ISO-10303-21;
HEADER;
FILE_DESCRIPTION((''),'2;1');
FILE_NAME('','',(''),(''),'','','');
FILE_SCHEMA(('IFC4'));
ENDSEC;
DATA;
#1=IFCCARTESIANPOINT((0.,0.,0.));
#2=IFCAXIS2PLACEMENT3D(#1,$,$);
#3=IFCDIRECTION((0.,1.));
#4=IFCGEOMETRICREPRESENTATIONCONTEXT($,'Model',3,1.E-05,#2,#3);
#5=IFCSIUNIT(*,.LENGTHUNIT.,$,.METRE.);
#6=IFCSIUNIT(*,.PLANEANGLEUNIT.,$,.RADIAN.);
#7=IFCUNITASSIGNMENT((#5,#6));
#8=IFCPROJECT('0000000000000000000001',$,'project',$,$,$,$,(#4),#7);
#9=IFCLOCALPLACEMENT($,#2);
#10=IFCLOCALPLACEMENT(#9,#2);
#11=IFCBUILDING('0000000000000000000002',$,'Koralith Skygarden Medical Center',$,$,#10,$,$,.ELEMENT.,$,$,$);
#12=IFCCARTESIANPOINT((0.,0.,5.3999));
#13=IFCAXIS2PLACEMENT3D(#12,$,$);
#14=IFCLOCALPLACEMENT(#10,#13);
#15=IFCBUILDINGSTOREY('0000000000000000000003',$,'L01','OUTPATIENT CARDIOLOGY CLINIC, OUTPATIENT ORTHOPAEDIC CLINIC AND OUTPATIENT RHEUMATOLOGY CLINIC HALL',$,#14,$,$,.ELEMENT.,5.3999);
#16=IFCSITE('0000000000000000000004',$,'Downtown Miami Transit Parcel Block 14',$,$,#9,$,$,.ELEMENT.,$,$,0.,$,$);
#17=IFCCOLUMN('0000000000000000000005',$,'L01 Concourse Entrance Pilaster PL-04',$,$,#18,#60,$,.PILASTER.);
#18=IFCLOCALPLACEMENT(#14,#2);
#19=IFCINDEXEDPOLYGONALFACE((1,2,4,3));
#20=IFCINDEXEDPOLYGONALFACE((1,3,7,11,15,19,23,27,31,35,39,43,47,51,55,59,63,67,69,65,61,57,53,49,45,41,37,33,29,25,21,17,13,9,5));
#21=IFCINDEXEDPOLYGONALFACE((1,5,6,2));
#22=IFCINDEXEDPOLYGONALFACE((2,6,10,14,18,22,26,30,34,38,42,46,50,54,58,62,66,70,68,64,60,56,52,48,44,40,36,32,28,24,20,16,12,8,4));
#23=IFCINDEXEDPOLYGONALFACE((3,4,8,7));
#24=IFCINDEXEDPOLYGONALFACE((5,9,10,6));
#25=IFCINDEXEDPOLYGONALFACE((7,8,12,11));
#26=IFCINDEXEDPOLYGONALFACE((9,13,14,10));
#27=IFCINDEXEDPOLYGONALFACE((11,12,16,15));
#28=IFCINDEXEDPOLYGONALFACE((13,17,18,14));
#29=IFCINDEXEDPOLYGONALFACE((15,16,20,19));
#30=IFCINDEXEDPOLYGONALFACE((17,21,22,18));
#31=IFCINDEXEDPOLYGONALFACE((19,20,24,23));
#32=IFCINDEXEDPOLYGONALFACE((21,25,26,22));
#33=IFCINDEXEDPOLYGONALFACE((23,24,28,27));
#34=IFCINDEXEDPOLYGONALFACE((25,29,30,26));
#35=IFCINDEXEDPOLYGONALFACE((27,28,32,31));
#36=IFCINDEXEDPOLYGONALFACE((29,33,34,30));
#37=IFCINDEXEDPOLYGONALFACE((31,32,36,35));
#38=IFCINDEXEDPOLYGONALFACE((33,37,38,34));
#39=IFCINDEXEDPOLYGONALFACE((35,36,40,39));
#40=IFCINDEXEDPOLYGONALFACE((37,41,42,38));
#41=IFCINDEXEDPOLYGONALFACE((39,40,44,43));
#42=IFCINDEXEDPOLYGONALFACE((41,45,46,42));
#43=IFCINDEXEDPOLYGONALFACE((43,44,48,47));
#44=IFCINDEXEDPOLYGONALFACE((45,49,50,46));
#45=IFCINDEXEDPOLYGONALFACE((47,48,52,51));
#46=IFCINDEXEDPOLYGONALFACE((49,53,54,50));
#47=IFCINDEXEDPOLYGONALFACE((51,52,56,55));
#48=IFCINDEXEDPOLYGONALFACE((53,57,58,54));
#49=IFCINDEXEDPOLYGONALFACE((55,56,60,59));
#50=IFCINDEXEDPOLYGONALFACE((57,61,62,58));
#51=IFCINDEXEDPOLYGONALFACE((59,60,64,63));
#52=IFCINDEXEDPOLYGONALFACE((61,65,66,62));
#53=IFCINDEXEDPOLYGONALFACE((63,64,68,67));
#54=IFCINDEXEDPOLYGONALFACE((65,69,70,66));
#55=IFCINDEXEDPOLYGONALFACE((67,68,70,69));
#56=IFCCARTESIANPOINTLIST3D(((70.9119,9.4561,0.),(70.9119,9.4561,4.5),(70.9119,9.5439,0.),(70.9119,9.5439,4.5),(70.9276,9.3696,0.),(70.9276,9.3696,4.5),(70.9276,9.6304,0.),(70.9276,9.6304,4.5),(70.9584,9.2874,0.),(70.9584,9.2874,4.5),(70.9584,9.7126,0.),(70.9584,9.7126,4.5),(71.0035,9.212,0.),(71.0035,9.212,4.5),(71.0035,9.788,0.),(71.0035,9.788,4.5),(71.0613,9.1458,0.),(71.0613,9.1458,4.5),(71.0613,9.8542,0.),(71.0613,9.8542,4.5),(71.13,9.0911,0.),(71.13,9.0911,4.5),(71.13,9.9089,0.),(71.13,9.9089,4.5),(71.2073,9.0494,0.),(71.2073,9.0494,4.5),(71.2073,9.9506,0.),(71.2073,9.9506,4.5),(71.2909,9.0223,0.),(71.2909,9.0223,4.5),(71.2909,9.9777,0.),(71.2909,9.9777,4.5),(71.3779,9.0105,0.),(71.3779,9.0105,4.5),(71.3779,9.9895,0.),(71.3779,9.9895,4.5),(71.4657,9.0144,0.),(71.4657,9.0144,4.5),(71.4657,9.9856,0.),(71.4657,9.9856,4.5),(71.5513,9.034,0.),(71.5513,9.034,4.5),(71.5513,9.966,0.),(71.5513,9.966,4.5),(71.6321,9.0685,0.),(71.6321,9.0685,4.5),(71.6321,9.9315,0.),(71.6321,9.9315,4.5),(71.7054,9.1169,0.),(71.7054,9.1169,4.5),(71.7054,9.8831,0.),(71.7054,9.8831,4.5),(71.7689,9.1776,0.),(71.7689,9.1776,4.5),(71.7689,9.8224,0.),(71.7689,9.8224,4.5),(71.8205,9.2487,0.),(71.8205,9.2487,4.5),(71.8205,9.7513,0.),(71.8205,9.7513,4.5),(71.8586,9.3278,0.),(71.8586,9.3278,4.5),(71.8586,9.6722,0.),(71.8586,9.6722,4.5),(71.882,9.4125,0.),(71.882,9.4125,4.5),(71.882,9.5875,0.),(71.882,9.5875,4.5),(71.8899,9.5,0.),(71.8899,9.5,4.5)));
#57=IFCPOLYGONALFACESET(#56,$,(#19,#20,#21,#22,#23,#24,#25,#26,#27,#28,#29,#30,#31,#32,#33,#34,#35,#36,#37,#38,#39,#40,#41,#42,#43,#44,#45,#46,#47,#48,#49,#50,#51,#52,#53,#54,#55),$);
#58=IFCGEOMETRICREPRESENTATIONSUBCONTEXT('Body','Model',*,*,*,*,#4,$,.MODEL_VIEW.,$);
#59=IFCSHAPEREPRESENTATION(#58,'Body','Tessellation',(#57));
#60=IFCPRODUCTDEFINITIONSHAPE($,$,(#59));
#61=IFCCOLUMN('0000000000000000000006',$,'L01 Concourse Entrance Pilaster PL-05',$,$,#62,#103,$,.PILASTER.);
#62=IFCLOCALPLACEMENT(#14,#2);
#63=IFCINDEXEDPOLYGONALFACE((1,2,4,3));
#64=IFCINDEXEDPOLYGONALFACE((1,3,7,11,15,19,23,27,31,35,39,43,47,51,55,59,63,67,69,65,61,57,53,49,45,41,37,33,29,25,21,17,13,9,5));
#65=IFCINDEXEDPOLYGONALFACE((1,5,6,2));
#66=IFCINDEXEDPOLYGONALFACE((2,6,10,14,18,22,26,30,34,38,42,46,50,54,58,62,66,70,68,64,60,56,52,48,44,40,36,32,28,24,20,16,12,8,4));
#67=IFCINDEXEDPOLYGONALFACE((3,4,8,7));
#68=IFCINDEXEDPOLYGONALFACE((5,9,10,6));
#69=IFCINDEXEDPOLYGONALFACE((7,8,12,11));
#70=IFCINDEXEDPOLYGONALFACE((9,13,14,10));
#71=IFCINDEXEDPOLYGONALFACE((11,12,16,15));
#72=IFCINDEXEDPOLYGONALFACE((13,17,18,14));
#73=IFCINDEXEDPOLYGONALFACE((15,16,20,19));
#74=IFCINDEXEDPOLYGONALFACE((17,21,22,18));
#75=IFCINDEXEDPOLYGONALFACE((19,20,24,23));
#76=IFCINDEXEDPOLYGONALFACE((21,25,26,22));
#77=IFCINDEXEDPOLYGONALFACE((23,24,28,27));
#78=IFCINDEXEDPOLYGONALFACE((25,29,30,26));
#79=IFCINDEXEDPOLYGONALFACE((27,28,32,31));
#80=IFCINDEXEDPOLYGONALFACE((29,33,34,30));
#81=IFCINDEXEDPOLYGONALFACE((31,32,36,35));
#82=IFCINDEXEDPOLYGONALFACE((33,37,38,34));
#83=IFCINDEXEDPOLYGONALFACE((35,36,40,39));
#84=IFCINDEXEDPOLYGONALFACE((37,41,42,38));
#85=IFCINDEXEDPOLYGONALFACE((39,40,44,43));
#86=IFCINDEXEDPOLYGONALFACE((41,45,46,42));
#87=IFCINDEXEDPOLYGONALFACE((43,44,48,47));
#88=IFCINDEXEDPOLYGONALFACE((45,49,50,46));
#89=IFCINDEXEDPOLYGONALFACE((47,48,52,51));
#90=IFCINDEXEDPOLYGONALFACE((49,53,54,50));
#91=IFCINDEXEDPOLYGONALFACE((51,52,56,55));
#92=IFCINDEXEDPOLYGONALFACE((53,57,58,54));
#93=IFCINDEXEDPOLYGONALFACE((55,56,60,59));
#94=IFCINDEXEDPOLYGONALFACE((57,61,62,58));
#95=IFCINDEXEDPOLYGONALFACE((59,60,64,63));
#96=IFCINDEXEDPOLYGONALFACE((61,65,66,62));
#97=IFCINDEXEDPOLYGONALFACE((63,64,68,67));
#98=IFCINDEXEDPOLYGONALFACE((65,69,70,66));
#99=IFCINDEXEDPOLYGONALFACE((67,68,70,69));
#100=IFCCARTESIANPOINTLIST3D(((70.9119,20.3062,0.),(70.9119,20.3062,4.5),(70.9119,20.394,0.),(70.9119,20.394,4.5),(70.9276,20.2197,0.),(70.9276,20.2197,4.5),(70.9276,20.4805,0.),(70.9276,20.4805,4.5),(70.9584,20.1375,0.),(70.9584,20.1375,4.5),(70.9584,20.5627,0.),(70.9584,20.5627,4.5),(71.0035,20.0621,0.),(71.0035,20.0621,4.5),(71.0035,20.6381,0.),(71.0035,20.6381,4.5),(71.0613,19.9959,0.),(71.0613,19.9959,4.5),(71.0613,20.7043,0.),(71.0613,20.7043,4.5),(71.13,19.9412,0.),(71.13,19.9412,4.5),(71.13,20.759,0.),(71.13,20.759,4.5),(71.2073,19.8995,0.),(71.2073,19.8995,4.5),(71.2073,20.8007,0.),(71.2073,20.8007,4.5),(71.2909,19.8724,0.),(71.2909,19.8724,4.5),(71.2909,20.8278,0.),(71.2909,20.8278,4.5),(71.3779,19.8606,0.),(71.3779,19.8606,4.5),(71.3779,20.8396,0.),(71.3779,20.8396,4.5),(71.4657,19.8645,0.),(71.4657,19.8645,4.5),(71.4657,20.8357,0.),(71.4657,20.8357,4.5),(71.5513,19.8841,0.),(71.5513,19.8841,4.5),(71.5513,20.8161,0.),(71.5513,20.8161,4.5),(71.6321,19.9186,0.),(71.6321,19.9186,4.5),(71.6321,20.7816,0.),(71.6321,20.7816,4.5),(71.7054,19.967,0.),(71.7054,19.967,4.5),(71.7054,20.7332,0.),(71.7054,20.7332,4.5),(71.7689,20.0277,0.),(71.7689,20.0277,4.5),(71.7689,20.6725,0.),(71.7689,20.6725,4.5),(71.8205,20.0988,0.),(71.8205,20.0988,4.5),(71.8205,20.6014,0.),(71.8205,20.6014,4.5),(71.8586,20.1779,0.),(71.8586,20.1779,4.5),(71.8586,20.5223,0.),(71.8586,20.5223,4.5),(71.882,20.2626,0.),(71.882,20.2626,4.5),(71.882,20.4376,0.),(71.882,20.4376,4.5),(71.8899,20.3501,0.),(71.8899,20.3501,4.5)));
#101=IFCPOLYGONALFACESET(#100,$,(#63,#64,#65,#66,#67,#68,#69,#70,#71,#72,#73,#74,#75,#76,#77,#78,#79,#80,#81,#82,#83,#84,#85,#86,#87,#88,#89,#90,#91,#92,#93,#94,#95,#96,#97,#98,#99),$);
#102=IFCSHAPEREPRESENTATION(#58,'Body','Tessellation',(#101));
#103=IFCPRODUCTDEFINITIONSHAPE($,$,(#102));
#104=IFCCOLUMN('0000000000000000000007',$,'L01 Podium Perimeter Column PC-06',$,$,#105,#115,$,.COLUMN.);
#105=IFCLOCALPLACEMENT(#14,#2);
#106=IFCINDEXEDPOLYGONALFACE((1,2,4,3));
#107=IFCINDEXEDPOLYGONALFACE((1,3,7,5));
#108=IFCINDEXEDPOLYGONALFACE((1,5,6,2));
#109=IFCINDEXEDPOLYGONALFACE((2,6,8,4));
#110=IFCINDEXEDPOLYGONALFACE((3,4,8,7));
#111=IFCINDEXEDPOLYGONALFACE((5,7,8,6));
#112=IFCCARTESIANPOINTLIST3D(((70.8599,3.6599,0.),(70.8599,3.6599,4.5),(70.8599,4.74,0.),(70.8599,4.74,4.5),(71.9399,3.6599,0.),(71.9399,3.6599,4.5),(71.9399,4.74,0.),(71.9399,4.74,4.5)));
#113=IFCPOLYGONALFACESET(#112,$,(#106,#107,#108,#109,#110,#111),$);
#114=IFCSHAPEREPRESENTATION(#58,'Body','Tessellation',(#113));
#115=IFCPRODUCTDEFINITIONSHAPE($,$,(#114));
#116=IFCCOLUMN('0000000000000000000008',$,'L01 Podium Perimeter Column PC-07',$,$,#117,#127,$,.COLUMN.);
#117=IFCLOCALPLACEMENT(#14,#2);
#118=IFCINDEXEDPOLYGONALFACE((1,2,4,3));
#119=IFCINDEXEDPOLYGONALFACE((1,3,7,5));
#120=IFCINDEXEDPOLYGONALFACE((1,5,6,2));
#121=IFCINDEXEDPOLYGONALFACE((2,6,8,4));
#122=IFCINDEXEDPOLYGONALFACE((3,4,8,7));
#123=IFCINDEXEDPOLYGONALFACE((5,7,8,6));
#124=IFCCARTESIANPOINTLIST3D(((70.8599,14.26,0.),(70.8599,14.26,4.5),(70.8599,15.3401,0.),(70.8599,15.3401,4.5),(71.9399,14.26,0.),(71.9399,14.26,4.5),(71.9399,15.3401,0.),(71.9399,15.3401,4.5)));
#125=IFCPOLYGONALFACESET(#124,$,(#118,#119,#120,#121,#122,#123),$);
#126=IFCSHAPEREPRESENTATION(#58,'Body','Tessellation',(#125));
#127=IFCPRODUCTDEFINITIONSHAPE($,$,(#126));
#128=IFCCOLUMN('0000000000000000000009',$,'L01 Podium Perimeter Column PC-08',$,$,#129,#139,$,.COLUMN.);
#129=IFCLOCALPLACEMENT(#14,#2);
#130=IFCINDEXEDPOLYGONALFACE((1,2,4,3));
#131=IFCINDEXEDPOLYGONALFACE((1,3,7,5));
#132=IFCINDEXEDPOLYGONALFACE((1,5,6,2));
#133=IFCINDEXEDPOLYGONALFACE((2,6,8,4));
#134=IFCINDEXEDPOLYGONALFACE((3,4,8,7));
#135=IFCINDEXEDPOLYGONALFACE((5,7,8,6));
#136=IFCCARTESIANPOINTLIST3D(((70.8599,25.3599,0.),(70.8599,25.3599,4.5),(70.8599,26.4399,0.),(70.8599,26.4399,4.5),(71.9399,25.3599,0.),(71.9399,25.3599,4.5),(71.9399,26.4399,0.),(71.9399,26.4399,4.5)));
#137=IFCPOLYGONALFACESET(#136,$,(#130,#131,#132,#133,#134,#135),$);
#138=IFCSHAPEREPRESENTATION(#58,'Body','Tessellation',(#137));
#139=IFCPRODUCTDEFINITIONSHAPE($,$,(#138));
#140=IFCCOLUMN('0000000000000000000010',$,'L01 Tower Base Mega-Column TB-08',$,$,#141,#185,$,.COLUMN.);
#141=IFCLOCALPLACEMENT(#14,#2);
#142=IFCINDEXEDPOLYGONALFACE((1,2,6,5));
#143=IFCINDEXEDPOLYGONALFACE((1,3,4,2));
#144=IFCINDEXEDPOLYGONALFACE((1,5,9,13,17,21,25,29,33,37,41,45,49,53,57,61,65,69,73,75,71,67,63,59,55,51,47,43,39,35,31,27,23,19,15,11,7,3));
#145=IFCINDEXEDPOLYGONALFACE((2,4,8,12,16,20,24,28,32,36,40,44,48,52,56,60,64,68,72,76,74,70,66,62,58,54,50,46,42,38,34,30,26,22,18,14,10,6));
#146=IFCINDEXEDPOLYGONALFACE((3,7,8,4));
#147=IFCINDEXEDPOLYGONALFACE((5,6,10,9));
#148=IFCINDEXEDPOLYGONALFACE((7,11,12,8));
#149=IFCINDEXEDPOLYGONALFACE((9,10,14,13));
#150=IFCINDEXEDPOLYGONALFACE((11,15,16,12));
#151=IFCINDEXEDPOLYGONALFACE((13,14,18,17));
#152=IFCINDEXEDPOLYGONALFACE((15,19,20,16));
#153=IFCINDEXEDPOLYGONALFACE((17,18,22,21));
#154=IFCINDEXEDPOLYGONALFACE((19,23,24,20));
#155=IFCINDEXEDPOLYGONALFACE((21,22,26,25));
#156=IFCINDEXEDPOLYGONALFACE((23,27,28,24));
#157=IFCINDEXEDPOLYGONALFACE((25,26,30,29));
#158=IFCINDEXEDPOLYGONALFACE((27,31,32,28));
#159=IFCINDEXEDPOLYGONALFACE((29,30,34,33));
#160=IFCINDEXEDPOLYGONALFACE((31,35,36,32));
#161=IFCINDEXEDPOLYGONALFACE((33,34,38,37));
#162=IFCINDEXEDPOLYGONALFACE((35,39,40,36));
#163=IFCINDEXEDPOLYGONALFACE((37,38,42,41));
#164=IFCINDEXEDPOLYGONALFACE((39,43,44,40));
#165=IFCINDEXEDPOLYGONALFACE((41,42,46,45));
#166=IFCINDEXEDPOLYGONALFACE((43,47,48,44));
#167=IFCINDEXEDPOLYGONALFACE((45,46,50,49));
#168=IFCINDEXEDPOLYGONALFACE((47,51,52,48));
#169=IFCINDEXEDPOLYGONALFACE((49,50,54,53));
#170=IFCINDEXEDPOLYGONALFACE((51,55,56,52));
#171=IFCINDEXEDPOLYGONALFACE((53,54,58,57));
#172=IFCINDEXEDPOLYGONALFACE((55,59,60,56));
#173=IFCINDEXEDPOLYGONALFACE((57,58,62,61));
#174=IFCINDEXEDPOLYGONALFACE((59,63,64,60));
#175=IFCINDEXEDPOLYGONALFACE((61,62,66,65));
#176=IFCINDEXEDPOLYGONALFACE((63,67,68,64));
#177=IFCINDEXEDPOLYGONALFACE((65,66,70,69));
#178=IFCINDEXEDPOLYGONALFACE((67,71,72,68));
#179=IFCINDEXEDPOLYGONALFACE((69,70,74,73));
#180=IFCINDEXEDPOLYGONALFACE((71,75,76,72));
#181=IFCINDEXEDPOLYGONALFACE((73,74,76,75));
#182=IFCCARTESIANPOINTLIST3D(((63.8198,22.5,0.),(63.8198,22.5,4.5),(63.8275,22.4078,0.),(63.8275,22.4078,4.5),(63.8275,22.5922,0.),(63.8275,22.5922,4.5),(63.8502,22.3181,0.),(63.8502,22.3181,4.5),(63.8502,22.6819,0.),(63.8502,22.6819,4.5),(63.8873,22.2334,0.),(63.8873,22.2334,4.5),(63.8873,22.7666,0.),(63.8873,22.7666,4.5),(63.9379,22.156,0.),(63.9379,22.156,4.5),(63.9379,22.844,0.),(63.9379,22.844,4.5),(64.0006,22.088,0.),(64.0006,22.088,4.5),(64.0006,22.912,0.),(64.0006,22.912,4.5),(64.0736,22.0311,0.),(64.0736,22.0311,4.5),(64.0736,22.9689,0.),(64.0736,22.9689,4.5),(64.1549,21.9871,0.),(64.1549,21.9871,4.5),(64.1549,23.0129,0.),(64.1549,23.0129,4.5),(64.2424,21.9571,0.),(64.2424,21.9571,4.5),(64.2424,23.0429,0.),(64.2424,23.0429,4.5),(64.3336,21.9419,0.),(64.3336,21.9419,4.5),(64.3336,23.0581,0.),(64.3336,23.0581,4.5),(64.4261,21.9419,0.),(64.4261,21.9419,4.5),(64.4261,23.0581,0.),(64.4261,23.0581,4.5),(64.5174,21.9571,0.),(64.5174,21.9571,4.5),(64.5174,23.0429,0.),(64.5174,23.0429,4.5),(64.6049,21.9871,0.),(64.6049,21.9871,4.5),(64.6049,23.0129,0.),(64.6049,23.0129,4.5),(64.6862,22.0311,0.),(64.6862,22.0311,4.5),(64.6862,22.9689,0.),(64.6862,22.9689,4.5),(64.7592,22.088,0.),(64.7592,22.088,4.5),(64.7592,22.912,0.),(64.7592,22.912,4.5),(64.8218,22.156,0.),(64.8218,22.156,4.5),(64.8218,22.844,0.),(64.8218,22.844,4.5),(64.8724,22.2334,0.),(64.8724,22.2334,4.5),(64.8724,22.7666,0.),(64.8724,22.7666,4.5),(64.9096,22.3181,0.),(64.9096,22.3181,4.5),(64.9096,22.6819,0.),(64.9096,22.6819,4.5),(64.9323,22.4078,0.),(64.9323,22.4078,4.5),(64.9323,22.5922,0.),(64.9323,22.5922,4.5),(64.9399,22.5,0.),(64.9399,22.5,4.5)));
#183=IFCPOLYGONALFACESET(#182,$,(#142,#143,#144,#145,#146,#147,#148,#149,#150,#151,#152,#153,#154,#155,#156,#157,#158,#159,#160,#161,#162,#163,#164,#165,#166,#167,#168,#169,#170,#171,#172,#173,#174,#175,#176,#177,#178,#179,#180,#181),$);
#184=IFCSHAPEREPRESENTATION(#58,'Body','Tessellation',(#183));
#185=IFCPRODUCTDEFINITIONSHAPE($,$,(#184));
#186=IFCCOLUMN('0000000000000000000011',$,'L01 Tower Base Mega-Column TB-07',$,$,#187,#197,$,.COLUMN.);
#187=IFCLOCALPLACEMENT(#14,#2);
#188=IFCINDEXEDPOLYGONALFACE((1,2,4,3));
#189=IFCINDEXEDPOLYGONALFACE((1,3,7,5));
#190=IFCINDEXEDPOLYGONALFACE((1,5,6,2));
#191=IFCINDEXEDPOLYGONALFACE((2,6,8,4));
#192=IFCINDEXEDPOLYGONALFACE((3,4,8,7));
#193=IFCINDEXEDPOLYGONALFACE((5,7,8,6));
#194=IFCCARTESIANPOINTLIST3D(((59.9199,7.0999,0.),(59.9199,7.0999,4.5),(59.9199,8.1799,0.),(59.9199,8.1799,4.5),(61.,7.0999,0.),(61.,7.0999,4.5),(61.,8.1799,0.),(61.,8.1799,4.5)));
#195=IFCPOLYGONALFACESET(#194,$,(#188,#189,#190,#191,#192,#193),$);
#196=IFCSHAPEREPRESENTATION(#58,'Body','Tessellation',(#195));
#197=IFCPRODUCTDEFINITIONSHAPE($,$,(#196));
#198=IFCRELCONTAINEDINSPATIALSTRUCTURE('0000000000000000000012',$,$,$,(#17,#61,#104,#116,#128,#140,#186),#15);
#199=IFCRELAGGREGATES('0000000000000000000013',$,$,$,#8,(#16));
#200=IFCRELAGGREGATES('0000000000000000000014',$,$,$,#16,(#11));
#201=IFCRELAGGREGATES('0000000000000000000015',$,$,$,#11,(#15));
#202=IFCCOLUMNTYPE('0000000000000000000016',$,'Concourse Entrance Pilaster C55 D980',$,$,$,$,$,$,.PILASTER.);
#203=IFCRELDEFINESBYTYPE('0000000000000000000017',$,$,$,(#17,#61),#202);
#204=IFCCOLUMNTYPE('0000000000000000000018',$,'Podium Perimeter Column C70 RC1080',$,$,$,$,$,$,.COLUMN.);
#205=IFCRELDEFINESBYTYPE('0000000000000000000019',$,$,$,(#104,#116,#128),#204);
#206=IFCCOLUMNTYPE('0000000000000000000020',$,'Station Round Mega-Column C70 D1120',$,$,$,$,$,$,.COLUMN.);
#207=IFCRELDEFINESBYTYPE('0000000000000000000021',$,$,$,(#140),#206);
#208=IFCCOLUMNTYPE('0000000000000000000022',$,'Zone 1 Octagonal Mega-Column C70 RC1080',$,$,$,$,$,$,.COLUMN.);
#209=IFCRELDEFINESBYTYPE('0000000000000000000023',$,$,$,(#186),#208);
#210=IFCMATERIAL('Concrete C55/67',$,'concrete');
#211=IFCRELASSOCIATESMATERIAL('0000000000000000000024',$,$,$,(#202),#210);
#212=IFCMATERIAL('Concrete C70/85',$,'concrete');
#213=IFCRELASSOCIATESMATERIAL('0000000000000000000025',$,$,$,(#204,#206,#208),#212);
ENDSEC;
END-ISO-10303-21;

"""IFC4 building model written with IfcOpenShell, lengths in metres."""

from ifc_helpers import new_model, si_unit, direction, frame, origin, origin_2d, place, context, subcontext, project, spatial, rectangle, circle, extrude, material, material_profile, profile_set, type_object, element, save


model = new_model("IFC4")

# Units and contexts
model_context = context("Model", 3, precision=1e-05, world=origin(), true_north=direction((0.0, 1.0)))
body_context = subcontext(model_context, "Body", "Model", "MODEL_VIEW")
ifc_project = project(units=[si_unit("LENGTHUNIT", "METRE"), si_unit("PLANEANGLEUNIT", "RADIAN")], contexts=[model_context])

# Site, building, storey
site_placement = place(None, origin())
site = spatial("IfcSite", under=ifc_project, at=site_placement, Name="Downtown Miami Transit Parcel Block 14", CompositionType="ELEMENT", RefElevation=0.0)
building_placement = place(site_placement, origin())
building = spatial("IfcBuilding", under=site, at=building_placement, Name="Koralith Skygarden Medical Center", CompositionType="ELEMENT")
storey_placement = place(building_placement, frame((0.0, 0.0, 5.3999)))
storey = spatial("IfcBuildingStorey", under=building, at=storey_placement, Name="L01", Description="OUTPATIENT CARDIOLOGY CLINIC, OUTPATIENT ORTHOPAEDIC CLINIC AND OUTPATIENT RHEUMATOLOGY CLINIC HALL", CompositionType="ELEMENT", Elevation=5.3999)

# Columns
ifc_material_1 = material(Name="Concrete C55/67", Category="concrete")
ifc_material_profile_1 = material_profile(ifc_material_1, circle(Radius=0.49, at=origin_2d()), Name="RCCOL980")
ifc_profile_set_1 = profile_set([ifc_material_profile_1], Name="Concrete C55/67")
column_type_1 = type_object("IfcColumnType", Name="Concourse Entrance Pilaster C55 D980", PredefinedType="PILASTER", material=ifc_profile_set_1)
for number, where, z_axis, x_axis, name in (
    (1, (71.3999, 9.5, 0.0), (0.0, 0.0, 1.0), (1.0, 0.0, 0.0), "L01 Concourse Entrance Pilaster PL-04"),
    (2, (71.3999, 20.3501, 0.0), (0.0, 0.0, 1.0), (1.0, 0.0, 0.0), "L01 Concourse Entrance Pilaster PL-05"),
):
    element("IfcColumn", number, at=place(storey_placement, frame(where, z_axis=z_axis, x_axis=x_axis)), inside=storey, type_object=column_type_1, Name=name, PredefinedType="PILASTER", context=body_context, shape_type="SweptSolid", body=[
        extrude(circle(Radius=0.49, at=origin_2d()), origin(), (0.0, 0.0, 1.0), 4.5),
    ])
ifc_material_2 = material(Name="Concrete C70/85", Category="concrete")
ifc_material_profile_2 = material_profile(ifc_material_2, rectangle(XDim=1.0801, YDim=1.0801, at=origin_2d()), Name="RC1080X1080")
ifc_profile_set_2 = profile_set([ifc_material_profile_2], Name="Concrete C70/85")
column_type_2 = type_object("IfcColumnType", Name="Podium Perimeter Column C70 RC1080", PredefinedType="COLUMN", material=ifc_profile_set_2)
for number, where, z_axis, x_axis, name in (
    (3, (71.3999, 4.2, 0.0), (0.0, 0.0, 1.0), (1.0, 0.0, 0.0), "L01 Podium Perimeter Column PC-06"),
    (4, (71.3999, 14.8, 0.0), (0.0, 0.0, 1.0), (1.0, 0.0, 0.0), "L01 Podium Perimeter Column PC-07"),
    (5, (71.3999, 25.8999, 0.0), (0.0, 0.0, 1.0), (1.0, 0.0, 0.0), "L01 Podium Perimeter Column PC-08"),
):
    element("IfcColumn", number, at=place(storey_placement, frame(where, z_axis=z_axis, x_axis=x_axis)), inside=storey, type_object=column_type_2, Name=name, PredefinedType="COLUMN", context=body_context, shape_type="SweptSolid", body=[
        extrude(rectangle(XDim=1.0801, YDim=1.0801, at=origin_2d()), origin(), (0.0, 0.0, 1.0), 4.5),
    ])
ifc_material_profile_3 = material_profile(ifc_material_2, circle(Radius=0.5601, at=origin_2d()), Name="RCCOL1120")
ifc_profile_set_3 = profile_set([ifc_material_profile_3], Name="Concrete C70/85")
column_type_3 = type_object("IfcColumnType", Name="Station Round Mega-Column C70 D1120", PredefinedType="COLUMN", material=ifc_profile_set_3)
column_1_placement = place(storey_placement, frame((64.3799, 22.5, 0.0), z_axis=(0.0, 0.0, 1.0), x_axis=(1.0, 0.0, 0.0)))
element("IfcColumn", 6, at=column_1_placement, inside=storey, type_object=column_type_3, Name="L01 Tower Base Mega-Column TB-08", PredefinedType="COLUMN", context=body_context, shape_type="SweptSolid", body=[
    extrude(circle(Radius=0.5601, at=origin_2d()), origin(), (0.0, 0.0, 1.0), 4.5),
])
ifc_material_profile_4 = material_profile(ifc_material_2, rectangle(XDim=1.0801, YDim=1.0801, at=origin_2d()), Name="RC1080X1080")
ifc_profile_set_4 = profile_set([ifc_material_profile_4], Name="Concrete C70/85")
column_type_4 = type_object("IfcColumnType", Name="Zone 1 Octagonal Mega-Column C70 RC1080", PredefinedType="COLUMN", material=ifc_profile_set_4)
column_2_placement = place(storey_placement, frame((60.46, 7.6399, 0.0), z_axis=(0.0, 0.0, 1.0), x_axis=(1.0, 0.0, 0.0)))
element("IfcColumn", 7, at=column_2_placement, inside=storey, type_object=column_type_4, Name="L01 Tower Base Mega-Column TB-07", PredefinedType="COLUMN", context=body_context, shape_type="SweptSolid", body=[
    extrude(rectangle(XDim=1.0801, YDim=1.0801, at=origin_2d()), origin(), (0.0, 0.0, 1.0), 4.5),
])

save(model, "model.ifc")
